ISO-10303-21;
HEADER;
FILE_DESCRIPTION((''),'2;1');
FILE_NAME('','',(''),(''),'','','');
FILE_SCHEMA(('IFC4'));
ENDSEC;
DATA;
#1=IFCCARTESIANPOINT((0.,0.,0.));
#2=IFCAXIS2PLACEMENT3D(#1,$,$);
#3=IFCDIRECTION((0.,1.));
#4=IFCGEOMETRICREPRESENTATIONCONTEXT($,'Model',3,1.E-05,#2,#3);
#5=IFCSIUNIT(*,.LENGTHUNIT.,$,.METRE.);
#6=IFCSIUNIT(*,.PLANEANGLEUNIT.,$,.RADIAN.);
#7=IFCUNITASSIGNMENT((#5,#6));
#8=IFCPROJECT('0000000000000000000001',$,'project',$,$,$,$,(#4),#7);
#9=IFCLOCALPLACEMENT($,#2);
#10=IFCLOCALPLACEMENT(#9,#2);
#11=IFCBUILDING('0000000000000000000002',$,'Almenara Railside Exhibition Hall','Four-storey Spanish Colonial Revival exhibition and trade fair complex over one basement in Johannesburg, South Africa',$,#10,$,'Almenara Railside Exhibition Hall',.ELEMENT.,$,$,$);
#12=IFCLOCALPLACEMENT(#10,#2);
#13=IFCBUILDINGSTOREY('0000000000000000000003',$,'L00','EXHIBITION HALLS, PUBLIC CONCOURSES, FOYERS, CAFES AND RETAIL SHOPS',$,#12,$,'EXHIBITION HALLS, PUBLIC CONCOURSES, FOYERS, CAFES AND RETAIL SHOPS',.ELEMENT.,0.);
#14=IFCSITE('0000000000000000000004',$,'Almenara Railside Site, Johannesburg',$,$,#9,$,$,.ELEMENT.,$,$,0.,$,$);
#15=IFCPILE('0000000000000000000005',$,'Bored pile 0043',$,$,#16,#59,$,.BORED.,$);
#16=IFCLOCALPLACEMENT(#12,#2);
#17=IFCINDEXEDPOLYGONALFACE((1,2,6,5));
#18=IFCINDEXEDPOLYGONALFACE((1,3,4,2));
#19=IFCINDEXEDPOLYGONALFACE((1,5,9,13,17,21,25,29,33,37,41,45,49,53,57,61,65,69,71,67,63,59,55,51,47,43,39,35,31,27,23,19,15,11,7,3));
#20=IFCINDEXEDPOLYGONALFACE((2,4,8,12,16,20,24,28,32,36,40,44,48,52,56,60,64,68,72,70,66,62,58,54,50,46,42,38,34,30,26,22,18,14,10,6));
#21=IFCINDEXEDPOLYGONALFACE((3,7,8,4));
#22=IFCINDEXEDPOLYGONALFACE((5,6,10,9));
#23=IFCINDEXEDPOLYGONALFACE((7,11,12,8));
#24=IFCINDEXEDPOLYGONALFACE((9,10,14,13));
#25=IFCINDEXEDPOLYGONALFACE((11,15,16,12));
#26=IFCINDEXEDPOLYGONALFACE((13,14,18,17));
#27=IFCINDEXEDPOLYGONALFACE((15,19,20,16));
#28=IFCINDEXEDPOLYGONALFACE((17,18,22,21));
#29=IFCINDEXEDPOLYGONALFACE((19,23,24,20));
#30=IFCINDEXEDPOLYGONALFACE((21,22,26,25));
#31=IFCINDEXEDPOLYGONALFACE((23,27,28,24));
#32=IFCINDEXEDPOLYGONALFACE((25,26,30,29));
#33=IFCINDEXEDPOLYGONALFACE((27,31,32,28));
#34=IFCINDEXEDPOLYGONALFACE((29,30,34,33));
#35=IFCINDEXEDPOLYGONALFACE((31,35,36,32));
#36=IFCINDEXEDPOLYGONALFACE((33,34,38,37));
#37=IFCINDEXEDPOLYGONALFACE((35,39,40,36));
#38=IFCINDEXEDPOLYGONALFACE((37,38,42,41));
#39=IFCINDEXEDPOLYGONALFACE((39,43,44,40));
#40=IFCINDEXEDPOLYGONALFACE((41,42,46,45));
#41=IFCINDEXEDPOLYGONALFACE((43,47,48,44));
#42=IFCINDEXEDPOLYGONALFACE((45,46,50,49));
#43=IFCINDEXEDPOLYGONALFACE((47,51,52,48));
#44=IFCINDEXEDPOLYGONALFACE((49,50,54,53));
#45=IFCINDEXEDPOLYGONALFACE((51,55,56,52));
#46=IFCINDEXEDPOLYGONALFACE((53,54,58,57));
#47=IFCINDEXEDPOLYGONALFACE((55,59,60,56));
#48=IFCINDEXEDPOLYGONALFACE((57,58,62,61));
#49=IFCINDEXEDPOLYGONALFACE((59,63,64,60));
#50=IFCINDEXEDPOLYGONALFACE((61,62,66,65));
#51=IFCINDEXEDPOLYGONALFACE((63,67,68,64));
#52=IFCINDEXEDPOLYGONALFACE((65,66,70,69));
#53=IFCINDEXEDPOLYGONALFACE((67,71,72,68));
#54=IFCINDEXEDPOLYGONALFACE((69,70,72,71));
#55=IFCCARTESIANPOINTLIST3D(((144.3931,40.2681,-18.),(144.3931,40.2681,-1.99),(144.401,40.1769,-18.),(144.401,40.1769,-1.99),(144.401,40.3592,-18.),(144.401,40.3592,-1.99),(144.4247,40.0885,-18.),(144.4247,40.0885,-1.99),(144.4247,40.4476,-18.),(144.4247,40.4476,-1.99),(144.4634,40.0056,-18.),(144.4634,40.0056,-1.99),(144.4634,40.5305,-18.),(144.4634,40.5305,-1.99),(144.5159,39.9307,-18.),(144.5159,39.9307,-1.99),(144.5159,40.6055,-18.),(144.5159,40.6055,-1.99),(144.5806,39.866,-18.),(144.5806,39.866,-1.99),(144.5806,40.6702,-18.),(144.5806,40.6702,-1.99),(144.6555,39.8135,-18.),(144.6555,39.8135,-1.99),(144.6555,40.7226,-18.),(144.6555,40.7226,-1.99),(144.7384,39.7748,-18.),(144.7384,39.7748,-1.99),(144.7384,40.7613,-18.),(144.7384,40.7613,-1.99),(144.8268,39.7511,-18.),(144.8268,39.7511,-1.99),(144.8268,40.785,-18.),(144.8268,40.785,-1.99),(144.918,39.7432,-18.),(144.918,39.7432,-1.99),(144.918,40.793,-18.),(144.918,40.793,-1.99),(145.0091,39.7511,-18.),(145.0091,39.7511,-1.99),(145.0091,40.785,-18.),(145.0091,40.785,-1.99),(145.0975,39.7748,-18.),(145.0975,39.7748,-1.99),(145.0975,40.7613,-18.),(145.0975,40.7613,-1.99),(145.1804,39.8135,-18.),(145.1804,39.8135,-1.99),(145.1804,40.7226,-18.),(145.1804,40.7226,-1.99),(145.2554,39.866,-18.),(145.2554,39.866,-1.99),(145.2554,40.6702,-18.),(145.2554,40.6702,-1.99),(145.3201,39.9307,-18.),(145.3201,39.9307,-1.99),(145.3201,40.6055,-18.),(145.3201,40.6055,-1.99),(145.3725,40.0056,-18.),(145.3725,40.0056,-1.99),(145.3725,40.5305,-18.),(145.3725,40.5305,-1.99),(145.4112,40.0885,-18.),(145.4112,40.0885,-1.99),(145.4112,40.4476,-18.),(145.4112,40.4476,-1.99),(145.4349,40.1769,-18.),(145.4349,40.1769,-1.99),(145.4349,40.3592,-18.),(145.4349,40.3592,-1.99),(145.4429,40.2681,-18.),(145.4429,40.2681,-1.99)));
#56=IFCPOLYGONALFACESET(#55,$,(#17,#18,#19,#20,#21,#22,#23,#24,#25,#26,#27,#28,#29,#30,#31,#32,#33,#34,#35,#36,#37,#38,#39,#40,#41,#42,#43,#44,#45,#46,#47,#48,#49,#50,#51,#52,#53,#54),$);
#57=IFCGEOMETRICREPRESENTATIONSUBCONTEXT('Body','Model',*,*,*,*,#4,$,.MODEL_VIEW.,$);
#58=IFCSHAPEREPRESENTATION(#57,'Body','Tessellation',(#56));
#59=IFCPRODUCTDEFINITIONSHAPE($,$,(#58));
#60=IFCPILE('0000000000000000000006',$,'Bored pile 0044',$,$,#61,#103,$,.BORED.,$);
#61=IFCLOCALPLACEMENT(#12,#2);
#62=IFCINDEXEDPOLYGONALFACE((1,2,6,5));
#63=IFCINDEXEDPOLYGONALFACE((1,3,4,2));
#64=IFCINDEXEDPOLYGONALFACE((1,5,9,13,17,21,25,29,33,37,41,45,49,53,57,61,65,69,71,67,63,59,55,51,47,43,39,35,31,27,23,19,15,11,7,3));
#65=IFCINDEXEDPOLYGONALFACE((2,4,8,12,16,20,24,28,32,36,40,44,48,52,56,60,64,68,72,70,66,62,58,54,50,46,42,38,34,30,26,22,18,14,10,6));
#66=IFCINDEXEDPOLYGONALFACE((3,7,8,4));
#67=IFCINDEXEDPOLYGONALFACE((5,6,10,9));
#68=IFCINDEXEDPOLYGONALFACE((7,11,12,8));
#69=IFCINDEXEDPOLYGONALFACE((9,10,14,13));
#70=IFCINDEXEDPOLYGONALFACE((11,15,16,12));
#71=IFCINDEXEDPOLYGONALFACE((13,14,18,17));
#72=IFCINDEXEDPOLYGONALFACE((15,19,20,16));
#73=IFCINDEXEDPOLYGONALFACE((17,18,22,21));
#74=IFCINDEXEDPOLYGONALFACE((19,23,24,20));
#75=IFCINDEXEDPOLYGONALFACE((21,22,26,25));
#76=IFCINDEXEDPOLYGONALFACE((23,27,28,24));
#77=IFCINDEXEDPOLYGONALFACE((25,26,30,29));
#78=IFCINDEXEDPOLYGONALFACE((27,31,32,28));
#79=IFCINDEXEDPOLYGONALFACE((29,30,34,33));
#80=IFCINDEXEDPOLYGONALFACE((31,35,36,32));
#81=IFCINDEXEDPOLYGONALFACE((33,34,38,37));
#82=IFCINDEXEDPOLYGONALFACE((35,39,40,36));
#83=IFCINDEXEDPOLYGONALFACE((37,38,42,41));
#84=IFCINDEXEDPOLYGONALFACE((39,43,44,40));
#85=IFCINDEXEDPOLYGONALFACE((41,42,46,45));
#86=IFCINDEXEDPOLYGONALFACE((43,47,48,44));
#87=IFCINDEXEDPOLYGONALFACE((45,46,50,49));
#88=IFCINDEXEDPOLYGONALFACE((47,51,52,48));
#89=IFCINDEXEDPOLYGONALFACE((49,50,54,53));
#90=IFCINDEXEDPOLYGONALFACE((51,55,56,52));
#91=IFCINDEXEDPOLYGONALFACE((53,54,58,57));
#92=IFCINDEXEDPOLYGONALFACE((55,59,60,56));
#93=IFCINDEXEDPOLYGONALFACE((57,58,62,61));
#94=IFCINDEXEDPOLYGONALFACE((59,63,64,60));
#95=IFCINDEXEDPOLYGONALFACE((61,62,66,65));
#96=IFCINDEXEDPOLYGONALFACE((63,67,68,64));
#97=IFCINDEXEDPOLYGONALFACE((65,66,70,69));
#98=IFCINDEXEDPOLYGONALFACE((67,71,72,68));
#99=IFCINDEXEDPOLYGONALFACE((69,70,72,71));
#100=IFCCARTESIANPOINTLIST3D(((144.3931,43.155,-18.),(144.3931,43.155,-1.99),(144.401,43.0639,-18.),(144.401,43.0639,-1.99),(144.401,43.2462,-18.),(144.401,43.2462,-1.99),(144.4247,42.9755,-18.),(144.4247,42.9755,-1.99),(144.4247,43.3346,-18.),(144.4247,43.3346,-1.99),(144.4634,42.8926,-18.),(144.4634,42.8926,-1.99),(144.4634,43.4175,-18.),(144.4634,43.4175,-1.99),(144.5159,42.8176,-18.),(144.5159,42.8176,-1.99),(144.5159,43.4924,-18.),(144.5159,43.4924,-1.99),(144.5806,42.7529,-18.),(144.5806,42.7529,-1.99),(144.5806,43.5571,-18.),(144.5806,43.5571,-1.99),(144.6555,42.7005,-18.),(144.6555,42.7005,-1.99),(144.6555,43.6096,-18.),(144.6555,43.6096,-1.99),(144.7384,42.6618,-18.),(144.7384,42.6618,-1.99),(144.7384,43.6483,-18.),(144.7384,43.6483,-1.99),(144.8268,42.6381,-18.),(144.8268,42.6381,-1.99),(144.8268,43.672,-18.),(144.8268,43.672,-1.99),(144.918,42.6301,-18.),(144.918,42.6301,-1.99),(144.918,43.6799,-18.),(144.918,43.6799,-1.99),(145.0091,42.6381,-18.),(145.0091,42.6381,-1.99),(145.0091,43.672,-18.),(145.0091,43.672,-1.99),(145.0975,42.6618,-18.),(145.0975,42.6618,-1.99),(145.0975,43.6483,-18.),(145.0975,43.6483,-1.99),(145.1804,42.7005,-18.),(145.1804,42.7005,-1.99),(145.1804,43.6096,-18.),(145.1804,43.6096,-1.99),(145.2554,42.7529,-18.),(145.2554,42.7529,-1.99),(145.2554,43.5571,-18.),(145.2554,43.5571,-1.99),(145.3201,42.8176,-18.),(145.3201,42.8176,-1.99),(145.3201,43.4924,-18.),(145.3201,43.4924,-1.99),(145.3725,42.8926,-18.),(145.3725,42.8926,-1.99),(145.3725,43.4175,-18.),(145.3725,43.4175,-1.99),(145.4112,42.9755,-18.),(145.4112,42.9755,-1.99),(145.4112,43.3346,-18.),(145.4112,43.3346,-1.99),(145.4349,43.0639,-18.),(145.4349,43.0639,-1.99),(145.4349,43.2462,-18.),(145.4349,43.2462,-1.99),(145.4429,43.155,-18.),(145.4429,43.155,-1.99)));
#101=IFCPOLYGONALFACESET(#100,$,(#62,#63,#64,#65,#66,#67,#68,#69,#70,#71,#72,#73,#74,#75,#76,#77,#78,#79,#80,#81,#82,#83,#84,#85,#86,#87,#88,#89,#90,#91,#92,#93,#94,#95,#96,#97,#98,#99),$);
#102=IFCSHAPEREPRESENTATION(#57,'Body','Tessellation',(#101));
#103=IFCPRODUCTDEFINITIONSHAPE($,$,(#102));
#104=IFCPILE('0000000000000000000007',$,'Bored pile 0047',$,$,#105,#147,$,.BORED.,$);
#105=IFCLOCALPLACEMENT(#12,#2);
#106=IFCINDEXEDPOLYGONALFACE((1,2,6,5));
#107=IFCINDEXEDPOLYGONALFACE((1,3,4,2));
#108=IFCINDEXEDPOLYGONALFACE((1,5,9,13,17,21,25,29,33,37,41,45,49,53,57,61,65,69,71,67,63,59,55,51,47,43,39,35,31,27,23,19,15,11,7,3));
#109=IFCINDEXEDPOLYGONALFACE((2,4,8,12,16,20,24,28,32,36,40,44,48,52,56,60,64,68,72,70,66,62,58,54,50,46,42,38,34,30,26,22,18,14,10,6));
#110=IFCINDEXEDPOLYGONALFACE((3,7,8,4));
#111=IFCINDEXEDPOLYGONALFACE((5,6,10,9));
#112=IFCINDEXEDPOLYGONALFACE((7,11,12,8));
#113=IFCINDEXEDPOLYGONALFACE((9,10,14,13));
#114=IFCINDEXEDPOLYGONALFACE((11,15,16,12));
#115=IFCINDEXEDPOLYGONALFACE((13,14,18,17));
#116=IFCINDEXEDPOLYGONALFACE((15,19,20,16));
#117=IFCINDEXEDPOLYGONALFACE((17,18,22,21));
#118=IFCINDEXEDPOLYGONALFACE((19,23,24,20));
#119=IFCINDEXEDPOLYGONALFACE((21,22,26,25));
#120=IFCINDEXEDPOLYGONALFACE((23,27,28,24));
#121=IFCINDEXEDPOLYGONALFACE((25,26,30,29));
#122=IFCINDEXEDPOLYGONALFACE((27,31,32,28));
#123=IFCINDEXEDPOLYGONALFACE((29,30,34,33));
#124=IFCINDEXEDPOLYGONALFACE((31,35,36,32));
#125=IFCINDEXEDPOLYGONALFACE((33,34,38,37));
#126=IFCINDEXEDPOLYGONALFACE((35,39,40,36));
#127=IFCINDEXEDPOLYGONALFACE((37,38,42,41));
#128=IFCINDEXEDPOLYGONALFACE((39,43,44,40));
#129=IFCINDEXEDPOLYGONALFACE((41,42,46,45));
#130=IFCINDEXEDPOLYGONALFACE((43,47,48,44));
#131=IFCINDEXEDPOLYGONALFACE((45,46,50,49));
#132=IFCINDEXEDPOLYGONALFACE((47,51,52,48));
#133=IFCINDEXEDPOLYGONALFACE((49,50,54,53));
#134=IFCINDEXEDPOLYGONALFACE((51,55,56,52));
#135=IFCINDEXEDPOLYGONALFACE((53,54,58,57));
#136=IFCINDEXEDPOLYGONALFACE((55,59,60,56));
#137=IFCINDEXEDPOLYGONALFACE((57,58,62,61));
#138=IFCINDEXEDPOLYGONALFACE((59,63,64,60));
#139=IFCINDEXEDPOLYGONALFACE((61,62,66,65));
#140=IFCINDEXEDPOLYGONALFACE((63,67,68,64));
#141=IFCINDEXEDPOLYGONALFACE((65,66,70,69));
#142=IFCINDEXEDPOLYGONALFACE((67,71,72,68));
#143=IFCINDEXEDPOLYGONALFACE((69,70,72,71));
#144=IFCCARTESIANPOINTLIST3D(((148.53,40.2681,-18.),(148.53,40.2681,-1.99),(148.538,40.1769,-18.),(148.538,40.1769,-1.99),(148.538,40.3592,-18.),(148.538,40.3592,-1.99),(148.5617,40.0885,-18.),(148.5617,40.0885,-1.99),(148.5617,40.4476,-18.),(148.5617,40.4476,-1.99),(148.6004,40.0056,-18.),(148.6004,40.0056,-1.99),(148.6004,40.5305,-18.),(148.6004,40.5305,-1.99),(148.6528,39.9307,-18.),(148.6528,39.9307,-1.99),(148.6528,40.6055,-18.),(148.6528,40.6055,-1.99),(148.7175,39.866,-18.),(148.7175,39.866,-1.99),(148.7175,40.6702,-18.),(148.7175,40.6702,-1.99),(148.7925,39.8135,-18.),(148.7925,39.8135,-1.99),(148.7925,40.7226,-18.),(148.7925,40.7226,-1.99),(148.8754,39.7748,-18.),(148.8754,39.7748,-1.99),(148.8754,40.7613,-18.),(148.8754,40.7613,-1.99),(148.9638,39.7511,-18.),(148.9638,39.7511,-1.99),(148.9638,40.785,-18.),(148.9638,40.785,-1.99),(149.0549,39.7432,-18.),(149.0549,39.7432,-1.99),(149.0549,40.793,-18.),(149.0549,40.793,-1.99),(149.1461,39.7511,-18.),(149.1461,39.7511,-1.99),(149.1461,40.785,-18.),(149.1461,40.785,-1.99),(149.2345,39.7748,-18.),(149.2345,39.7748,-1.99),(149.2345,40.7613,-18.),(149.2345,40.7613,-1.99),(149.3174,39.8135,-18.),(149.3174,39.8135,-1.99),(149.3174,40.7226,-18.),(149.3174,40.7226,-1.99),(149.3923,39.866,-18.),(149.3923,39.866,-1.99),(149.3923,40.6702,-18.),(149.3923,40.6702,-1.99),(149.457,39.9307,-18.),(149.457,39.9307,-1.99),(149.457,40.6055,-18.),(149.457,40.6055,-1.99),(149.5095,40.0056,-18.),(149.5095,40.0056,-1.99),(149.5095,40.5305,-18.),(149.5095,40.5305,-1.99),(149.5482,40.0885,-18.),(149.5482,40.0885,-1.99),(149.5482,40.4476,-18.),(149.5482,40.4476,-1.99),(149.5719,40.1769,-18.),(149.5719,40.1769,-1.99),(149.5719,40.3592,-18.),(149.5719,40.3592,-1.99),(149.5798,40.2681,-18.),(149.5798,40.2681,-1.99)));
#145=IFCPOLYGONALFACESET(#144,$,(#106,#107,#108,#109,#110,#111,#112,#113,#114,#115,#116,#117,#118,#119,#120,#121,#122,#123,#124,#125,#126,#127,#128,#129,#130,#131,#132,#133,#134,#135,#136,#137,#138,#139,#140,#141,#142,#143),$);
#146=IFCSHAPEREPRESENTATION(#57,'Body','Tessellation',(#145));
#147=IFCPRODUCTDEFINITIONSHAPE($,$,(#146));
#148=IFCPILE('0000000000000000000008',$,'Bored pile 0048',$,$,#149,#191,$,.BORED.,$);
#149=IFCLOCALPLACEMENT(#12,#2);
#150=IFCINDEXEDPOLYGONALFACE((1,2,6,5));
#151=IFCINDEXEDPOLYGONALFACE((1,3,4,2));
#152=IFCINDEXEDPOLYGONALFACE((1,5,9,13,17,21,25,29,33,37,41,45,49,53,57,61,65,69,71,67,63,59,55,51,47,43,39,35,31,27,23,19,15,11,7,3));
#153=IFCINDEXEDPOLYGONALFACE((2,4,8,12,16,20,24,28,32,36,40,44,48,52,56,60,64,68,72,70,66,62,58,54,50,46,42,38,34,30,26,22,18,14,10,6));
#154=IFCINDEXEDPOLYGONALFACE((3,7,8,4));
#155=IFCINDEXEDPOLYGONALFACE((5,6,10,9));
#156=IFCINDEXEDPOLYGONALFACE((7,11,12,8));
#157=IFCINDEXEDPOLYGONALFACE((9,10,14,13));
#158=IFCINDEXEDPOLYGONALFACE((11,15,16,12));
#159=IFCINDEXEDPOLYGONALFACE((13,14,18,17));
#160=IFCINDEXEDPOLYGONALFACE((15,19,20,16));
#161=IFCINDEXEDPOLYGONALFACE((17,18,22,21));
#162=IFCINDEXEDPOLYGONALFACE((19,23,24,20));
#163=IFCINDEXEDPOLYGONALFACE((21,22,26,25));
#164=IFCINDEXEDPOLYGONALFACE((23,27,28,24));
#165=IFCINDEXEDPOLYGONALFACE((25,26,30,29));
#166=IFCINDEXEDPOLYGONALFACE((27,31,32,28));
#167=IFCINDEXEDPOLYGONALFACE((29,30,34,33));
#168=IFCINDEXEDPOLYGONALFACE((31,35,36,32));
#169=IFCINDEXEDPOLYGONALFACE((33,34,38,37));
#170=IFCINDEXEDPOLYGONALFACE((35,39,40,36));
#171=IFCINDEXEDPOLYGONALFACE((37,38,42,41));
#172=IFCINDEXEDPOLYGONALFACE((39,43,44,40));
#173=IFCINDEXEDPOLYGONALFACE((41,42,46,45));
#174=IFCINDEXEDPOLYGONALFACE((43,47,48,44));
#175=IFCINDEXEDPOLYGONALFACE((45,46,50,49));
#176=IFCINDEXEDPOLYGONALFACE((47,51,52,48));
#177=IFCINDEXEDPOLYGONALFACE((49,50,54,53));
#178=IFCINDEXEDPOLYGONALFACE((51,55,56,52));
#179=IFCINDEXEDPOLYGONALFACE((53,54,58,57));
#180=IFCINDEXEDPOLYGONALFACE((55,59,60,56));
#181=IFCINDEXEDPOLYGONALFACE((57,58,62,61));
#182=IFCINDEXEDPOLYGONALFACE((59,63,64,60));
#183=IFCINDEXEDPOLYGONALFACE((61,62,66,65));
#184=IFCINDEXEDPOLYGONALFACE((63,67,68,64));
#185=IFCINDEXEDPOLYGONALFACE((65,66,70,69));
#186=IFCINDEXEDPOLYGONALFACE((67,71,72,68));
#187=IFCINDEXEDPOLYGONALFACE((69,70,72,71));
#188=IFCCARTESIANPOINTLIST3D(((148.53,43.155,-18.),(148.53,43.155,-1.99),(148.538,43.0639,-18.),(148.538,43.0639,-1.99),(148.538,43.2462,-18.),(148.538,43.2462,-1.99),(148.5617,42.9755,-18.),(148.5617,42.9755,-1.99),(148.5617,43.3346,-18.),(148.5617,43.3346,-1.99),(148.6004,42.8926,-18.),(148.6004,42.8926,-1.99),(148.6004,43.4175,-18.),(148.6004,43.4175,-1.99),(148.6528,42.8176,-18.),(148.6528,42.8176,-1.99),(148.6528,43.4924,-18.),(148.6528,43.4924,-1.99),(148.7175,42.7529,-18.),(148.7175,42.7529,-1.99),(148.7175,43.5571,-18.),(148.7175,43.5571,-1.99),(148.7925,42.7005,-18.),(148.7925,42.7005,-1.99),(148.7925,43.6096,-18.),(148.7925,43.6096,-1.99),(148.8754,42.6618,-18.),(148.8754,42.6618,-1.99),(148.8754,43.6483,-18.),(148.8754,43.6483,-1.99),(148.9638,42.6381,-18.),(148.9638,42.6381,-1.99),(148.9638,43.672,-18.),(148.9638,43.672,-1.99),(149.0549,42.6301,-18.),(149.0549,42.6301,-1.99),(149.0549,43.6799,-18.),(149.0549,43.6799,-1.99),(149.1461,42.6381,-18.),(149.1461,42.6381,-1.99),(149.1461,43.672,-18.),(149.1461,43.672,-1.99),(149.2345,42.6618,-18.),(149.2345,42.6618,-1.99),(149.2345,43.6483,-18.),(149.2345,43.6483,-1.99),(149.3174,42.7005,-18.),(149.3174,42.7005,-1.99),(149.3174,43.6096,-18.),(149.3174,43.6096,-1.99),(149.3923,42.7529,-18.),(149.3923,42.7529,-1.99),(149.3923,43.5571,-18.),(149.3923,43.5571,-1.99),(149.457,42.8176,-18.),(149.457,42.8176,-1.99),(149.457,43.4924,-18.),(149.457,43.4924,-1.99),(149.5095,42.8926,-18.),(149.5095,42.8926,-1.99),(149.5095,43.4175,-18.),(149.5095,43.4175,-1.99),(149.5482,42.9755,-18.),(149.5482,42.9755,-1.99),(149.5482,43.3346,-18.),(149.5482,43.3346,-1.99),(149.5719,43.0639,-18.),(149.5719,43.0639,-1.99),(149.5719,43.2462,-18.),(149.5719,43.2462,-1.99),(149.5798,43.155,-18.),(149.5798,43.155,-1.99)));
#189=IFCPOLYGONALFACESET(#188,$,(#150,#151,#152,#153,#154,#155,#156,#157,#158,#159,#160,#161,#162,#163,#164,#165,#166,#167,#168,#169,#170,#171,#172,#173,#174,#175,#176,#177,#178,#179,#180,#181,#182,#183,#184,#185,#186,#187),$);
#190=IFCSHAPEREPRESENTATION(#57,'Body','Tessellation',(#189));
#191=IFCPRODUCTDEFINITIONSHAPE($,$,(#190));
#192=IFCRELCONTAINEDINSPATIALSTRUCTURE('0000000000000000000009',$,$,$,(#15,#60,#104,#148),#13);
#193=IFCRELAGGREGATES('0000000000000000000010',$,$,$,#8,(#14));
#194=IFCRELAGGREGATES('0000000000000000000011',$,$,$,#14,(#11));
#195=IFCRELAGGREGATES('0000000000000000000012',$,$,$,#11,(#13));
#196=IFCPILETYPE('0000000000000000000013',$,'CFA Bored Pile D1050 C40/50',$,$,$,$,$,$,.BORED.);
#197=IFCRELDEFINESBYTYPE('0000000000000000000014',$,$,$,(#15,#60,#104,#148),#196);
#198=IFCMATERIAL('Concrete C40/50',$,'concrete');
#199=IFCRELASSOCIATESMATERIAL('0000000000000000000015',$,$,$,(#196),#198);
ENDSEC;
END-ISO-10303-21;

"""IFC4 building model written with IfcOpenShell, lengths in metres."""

from ifc_helpers import new_model, si_unit, direction, frame, origin, origin_2d, place, context, subcontext, project, spatial, circle, extrude, material, material_profile, profile_set, type_object, element, save


model = new_model("IFC4")

# Units and contexts
model_context = context("Model", 3, precision=1e-05, world=origin(), true_north=direction((0.0, 1.0)))
body_context = subcontext(model_context, "Body", "Model", "MODEL_VIEW")
ifc_project = project(units=[si_unit("LENGTHUNIT", "METRE"), si_unit("PLANEANGLEUNIT", "RADIAN")], contexts=[model_context])

# Site, building, storey
site_placement = place(None, origin())
site = spatial("IfcSite", under=ifc_project, at=site_placement, Name="Almenara Railside Site, Johannesburg", CompositionType="ELEMENT", RefElevation=0.0)
building_placement = place(site_placement, origin())
building = spatial("IfcBuilding", under=site, at=building_placement, Name="Almenara Railside Exhibition Hall", Description="Four-storey Spanish Colonial Revival exhibition and trade fair complex over one basement in Johannesburg, South Africa", LongName="Almenara Railside Exhibition Hall", CompositionType="ELEMENT")
storey_placement = place(building_placement, origin())
storey = spatial("IfcBuildingStorey", under=building, at=storey_placement, Name="L00", Description="EXHIBITION HALLS, PUBLIC CONCOURSES, FOYERS, CAFES AND RETAIL SHOPS", LongName="EXHIBITION HALLS, PUBLIC CONCOURSES, FOYERS, CAFES AND RETAIL SHOPS", CompositionType="ELEMENT", Elevation=0.0)

# Piles
ifc_material_1 = material(Name="Concrete C40/50", Category="concrete")
ifc_material_profile_1 = material_profile(ifc_material_1, circle(Radius=0.5249, at=origin_2d()), Name="CFA-PILE D1050")
ifc_profile_set_1 = profile_set([ifc_material_profile_1], Name="Concrete C40/50")
pile_type_1 = type_object("IfcPileType", Name="CFA Bored Pile D1050 C40/50", PredefinedType="BORED", material=ifc_profile_set_1)
for number, where, z_axis, x_axis, name in (
    (1, (144.918, 40.2681, -1.99), (0.0, 0.0, -1.0), (1.0, 0.0, 0.0), "Bored pile 0043"),
    (2, (144.918, 43.155, -1.99), (0.0, 0.0, -1.0), (1.0, 0.0, 0.0), "Bored pile 0044"),
    (3, (149.0549, 40.2681, -1.99), (0.0, 0.0, -1.0), (1.0, 0.0, 0.0), "Bored pile 0047"),
    (4, (149.0549, 43.155, -1.99), (0.0, 0.0, -1.0), (1.0, 0.0, 0.0), "Bored pile 0048"),
):
    element("IfcPile", number, at=place(storey_placement, frame(where, z_axis=z_axis, x_axis=x_axis)), inside=storey, type_object=pile_type_1, Name=name, PredefinedType="BORED", context=body_context, shape_type="SweptSolid", body=[
        extrude(circle(Radius=0.5249, at=origin_2d()), origin(), (0.0, 0.0, 1.0), 16.01),
    ])

save(model, "model.ifc")
